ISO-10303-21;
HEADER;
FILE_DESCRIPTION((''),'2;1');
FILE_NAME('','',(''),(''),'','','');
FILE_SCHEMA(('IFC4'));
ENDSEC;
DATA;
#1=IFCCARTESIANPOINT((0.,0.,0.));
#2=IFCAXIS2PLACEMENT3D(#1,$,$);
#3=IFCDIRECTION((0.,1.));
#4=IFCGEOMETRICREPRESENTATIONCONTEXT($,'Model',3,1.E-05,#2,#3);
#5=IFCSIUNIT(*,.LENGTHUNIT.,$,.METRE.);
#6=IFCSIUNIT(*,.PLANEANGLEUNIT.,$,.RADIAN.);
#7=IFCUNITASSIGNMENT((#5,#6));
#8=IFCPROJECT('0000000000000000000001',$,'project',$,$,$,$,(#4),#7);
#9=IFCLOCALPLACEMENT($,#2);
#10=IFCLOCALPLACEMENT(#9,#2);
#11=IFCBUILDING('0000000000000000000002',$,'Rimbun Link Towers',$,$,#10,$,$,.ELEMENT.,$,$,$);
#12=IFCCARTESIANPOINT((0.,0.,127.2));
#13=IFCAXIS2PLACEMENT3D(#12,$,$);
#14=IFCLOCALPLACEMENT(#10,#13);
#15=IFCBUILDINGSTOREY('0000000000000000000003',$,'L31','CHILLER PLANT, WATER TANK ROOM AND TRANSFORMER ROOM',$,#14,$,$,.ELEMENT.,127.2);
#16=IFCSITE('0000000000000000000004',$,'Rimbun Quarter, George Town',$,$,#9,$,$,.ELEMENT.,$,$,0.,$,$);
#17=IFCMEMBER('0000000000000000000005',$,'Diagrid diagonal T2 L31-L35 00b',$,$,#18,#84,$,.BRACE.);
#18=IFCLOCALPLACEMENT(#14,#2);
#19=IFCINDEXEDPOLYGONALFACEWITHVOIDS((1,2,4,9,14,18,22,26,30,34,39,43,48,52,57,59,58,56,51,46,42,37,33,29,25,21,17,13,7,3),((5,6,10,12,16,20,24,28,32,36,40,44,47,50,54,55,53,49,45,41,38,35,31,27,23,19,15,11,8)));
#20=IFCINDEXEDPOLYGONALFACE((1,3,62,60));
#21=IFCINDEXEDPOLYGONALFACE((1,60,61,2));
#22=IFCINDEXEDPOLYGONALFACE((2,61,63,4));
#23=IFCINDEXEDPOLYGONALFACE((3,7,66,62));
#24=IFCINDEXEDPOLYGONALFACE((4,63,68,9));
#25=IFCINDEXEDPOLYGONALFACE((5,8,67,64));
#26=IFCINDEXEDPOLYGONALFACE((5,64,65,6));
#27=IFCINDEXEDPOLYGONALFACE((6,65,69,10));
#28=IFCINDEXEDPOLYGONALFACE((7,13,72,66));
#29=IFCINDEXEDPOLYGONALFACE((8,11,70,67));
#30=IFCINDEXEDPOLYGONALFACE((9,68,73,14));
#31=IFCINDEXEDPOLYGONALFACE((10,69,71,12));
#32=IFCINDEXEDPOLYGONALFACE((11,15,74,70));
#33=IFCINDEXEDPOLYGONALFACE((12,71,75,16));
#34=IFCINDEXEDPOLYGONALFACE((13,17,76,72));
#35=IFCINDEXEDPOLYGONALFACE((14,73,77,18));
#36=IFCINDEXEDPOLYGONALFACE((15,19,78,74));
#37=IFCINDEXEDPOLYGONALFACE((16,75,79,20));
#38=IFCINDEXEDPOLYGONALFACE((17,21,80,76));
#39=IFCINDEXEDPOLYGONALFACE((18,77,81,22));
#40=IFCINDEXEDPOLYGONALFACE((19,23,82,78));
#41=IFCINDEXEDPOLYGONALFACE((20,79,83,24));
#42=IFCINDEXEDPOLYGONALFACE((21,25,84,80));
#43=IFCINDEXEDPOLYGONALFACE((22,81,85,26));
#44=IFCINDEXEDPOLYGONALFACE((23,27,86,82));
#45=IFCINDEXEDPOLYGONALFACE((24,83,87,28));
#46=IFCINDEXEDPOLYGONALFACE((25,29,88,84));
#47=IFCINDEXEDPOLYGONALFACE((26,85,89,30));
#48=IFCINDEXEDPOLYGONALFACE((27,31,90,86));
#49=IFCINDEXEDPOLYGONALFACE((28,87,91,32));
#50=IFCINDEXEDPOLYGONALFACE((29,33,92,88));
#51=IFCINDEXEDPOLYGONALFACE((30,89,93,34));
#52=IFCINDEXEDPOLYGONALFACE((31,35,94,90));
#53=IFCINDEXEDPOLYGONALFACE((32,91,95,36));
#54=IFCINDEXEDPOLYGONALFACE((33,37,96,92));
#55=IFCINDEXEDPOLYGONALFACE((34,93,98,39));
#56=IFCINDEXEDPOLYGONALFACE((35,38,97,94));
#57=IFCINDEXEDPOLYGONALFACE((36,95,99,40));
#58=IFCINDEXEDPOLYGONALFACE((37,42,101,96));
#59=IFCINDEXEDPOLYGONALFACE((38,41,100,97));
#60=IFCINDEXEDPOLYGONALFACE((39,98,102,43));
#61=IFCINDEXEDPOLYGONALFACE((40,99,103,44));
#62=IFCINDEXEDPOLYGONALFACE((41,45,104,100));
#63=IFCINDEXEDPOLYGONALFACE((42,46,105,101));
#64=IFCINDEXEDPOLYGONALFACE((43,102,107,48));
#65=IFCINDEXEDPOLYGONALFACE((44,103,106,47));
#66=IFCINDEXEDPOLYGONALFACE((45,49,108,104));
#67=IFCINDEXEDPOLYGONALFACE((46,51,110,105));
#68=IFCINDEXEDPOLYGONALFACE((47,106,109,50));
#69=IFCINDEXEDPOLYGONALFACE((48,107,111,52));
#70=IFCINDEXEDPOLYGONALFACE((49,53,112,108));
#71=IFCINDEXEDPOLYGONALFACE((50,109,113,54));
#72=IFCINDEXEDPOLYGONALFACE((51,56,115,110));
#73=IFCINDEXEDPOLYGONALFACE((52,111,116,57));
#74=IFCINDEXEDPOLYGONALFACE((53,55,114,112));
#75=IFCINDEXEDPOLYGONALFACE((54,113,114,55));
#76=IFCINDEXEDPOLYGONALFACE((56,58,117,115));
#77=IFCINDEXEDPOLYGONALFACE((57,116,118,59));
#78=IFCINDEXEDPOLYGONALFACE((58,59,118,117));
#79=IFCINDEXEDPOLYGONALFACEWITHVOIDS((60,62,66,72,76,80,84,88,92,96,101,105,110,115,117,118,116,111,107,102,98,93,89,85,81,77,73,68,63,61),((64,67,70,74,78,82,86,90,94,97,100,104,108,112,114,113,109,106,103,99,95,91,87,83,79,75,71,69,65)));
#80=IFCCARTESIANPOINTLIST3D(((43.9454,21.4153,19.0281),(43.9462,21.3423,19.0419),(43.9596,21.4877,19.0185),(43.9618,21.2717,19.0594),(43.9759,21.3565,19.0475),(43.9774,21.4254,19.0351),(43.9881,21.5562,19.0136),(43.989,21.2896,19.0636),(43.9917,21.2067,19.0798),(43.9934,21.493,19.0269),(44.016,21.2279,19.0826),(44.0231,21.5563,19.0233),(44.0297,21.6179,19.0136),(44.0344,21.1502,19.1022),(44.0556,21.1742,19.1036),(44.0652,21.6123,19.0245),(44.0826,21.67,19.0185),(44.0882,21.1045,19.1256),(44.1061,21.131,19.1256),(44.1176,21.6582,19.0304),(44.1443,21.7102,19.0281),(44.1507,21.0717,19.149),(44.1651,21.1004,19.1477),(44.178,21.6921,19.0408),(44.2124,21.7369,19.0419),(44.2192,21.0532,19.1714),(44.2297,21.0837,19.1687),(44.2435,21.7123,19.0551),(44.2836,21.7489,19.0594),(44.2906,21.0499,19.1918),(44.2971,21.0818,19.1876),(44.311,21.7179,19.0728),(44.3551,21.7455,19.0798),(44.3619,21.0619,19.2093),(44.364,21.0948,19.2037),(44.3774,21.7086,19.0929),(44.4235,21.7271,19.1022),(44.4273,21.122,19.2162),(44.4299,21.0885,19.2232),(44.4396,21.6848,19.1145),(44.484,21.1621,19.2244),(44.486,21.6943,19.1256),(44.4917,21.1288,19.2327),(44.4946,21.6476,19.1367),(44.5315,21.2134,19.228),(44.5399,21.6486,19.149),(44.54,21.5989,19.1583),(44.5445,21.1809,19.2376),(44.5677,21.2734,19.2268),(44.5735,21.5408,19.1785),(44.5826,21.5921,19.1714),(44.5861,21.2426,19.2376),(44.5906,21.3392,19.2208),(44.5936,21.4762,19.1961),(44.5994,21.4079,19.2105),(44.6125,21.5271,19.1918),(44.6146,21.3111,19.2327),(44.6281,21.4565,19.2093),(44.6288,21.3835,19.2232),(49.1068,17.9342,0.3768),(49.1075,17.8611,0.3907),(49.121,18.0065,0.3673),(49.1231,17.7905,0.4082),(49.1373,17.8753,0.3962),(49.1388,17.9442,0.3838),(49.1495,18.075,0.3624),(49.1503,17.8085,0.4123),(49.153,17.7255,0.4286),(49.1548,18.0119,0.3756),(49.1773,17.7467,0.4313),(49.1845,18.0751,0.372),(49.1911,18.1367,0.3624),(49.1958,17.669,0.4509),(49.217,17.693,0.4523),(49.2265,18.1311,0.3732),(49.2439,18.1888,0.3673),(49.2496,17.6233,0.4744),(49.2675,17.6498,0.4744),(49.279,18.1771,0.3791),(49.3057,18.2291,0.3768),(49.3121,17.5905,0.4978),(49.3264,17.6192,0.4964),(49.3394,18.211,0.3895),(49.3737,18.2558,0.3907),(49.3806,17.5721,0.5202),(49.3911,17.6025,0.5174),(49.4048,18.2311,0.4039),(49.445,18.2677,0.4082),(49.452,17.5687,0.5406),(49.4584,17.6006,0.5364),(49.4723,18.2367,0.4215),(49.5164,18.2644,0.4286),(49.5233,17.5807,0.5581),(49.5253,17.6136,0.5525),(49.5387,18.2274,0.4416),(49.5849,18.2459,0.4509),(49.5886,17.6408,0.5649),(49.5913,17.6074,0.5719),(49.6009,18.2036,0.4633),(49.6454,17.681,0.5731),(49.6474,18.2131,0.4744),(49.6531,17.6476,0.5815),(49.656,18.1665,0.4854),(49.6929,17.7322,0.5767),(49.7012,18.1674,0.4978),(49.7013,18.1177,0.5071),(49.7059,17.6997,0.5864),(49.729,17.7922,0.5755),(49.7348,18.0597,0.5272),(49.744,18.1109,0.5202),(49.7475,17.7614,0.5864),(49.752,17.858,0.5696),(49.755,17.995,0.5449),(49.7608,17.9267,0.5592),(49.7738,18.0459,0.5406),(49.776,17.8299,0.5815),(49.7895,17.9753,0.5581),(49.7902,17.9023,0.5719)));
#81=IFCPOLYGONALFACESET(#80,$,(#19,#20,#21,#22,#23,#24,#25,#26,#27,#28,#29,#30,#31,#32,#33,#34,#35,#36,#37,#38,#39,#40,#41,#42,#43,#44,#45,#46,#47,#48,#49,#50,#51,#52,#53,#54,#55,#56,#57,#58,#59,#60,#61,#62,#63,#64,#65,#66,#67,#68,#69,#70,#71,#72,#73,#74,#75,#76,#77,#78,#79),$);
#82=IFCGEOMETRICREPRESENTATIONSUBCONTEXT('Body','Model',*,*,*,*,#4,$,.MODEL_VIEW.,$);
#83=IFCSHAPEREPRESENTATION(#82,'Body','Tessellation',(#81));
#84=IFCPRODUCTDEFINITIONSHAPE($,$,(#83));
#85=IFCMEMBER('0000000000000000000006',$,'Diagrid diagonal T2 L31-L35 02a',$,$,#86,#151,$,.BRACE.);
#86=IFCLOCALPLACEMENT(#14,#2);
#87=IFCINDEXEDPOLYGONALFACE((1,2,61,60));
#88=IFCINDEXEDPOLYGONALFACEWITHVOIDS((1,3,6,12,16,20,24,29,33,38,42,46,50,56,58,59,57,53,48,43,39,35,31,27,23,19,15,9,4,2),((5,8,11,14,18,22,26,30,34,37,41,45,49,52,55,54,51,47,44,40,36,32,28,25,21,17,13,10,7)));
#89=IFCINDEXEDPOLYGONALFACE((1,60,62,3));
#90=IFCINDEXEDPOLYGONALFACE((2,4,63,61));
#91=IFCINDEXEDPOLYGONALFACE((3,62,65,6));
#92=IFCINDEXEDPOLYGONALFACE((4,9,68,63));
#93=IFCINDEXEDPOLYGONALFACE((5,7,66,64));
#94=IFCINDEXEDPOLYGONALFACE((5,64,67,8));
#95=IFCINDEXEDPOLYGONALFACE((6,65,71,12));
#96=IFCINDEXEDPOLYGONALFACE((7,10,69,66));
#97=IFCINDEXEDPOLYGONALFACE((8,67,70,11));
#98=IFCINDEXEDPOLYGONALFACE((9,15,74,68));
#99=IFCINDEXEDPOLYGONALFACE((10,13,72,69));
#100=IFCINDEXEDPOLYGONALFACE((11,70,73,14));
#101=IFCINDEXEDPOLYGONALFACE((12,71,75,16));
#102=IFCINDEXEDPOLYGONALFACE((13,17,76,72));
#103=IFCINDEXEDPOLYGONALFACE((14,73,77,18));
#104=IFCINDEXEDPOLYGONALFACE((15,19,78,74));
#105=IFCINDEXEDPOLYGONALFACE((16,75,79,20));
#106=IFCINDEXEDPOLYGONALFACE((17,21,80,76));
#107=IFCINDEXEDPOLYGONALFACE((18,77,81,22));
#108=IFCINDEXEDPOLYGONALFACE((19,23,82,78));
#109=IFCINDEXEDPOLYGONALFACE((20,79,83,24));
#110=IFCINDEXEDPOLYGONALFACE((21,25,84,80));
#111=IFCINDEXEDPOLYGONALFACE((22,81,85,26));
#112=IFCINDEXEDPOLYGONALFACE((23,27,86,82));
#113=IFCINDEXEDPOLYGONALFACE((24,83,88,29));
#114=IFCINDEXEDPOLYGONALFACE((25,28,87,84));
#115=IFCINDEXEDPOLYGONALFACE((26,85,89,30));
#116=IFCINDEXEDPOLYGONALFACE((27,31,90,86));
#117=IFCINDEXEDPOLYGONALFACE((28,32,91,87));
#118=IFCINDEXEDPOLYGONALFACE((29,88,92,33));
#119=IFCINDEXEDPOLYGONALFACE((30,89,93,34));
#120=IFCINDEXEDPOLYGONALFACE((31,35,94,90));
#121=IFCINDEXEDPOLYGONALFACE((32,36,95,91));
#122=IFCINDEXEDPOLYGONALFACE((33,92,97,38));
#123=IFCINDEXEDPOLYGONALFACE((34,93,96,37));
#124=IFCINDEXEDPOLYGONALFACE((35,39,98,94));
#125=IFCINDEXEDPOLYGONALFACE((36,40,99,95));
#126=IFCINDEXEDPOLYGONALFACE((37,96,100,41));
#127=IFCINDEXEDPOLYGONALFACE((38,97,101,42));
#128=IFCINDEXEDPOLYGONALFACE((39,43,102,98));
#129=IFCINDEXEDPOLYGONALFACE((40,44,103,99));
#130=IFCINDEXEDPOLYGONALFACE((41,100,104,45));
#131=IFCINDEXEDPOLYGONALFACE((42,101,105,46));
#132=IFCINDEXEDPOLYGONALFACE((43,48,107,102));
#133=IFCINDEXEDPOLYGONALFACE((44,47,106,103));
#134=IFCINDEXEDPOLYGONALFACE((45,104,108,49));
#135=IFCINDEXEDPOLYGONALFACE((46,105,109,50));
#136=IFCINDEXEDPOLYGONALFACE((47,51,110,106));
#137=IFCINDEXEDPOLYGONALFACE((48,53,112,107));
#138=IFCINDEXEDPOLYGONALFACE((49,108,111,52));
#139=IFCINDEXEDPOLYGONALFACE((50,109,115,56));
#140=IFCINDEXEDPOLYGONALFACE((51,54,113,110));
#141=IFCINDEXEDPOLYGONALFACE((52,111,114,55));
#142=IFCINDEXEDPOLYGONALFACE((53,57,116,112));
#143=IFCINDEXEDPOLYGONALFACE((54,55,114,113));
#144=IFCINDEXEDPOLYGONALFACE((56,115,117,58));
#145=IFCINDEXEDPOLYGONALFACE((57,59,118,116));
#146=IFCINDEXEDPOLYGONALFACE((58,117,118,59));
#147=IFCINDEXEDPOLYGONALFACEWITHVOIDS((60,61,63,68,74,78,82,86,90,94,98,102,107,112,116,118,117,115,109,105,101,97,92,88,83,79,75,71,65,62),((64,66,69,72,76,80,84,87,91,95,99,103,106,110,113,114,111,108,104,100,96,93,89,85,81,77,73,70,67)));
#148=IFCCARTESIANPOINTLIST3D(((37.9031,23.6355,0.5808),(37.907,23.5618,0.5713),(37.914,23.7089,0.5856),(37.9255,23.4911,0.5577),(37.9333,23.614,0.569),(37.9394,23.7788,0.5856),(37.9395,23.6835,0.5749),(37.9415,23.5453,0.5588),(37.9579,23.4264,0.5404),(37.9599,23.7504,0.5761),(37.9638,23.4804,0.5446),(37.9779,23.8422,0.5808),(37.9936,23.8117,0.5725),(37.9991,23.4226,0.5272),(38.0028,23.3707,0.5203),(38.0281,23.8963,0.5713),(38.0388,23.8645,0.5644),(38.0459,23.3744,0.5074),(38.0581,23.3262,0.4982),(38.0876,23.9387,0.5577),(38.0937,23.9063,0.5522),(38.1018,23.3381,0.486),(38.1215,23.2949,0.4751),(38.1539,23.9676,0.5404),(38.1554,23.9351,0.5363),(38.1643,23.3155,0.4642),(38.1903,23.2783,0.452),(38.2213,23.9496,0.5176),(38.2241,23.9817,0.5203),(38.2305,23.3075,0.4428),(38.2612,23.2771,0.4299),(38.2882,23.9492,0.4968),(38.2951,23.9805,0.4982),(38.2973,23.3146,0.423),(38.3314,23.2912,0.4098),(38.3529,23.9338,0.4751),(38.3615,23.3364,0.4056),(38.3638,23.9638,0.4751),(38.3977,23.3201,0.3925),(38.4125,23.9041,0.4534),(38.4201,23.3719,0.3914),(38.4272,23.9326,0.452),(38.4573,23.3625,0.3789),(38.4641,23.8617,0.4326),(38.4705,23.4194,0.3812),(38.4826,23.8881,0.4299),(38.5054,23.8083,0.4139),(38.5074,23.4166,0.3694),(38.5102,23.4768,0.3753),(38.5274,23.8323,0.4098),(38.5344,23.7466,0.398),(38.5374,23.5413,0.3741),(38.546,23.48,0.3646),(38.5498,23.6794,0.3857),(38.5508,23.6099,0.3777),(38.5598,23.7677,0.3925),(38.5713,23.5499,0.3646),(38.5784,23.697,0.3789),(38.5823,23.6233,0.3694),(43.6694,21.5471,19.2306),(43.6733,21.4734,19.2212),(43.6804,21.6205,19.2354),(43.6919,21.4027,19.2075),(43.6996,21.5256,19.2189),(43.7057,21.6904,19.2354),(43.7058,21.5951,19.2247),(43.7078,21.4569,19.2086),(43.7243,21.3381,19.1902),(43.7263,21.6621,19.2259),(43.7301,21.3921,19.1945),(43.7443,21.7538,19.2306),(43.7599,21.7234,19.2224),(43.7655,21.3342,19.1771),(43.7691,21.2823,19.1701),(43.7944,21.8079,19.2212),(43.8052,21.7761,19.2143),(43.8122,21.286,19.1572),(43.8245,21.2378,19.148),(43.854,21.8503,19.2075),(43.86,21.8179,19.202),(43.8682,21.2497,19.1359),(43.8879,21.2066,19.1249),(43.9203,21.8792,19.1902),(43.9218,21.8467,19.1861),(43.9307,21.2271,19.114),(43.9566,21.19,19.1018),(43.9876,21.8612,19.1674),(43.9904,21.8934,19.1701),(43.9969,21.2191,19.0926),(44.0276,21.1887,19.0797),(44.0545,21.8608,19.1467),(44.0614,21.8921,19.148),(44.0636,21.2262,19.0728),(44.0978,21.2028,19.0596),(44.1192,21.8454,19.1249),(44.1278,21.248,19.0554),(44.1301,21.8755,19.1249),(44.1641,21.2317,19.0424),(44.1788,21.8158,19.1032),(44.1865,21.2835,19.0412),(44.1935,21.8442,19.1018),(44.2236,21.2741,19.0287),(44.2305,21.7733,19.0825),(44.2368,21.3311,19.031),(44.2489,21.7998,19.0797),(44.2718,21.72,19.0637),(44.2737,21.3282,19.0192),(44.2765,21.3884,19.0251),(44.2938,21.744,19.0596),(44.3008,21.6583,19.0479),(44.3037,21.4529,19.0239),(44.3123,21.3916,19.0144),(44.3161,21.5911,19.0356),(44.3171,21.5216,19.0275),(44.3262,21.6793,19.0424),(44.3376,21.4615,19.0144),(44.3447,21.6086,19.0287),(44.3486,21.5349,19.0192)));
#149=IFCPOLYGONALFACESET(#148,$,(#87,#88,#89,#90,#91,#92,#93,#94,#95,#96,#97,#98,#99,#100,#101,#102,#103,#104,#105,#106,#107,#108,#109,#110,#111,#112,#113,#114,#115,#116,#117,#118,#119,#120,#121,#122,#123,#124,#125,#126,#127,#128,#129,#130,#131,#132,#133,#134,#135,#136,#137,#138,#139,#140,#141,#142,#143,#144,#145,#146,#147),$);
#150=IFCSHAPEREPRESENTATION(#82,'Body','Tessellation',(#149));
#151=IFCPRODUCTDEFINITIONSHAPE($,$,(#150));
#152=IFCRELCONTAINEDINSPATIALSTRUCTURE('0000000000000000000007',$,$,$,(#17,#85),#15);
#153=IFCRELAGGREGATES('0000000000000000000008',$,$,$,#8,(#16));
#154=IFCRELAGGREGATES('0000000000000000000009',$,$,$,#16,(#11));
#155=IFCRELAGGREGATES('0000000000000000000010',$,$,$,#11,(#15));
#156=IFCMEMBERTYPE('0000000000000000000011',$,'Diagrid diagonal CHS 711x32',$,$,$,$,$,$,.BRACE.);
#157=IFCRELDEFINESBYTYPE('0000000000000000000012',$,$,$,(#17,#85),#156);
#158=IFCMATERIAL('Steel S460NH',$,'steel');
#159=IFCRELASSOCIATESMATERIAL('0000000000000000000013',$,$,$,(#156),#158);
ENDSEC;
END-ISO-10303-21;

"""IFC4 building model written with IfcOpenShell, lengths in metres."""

from ifc_helpers import new_model, si_unit, direction, frame, origin, origin_2d, place, context, subcontext, project, spatial, hollow_circle, extrude, material, material_profile, profile_set, type_object, element, save


model = new_model("IFC4")

# Units and contexts
model_context = context("Model", 3, precision=1e-05, world=origin(), true_north=direction((0.0, 1.0)))
body_context = subcontext(model_context, "Body", "Model", "MODEL_VIEW")
ifc_project = project(units=[si_unit("LENGTHUNIT", "METRE"), si_unit("PLANEANGLEUNIT", "RADIAN")], contexts=[model_context])

# Site, building, storey
site_placement = place(None, origin())
site = spatial("IfcSite", under=ifc_project, at=site_placement, Name="Rimbun Quarter, George Town", CompositionType="ELEMENT", RefElevation=0.0)
building_placement = place(site_placement, origin())
building = spatial("IfcBuilding", under=site, at=building_placement, Name="Rimbun Link Towers", CompositionType="ELEMENT")
storey_placement = place(building_placement, frame((0.0, 0.0, 127.2)))
storey = spatial("IfcBuildingStorey", under=building, at=storey_placement, Name="L31", Description="CHILLER PLANT, WATER TANK ROOM AND TRANSFORMER ROOM", CompositionType="ELEMENT", Elevation=127.2)

# Members
ifc_material_1 = material(Name="Steel S460NH", Category="steel")
ifc_material_profile_1 = material_profile(ifc_material_1, hollow_circle(Radius=0.3557, WallThickness=0.032, at=origin_2d()), Name="Diagrid diagonal CHS 711x32")
ifc_profile_set_1 = profile_set([ifc_material_profile_1], Name="Steel S460NH")
member_type_1 = type_object("IfcMemberType", Name="Diagrid diagonal CHS 711x32", PredefinedType="BRACE", material=ifc_profile_set_1)
for number, where, z_axis, x_axis, name in (
    (1, (49.4485, 17.9182, 0.4744), (-0.262492, 0.177044, 0.948553), (-0.559172, -0.829052, 0.0), "Diagrid diagonal T2 L31-L35 00b"),
):
    element("IfcMember", number, at=place(storey_placement, frame(where, z_axis=z_axis, x_axis=x_axis)), inside=storey, type_object=member_type_1, Name=name, PredefinedType="BRACE", context=body_context, shape_type="SweptSolid", body=[
        extrude(hollow_circle(Radius=0.3557, WallThickness=0.032, at=origin_2d()), origin(), (0.0, 0.0, 1.0), 19.6628),
    ])
member_1_placement = place(storey_placement, frame((38.2427, 23.6294, 0.4751), z_axis=(0.293716, -0.106374, 0.949955), x_axis=(0.340522, 0.940237, 0.0)))
element("IfcMember", 2, at=member_1_placement, inside=storey, type_object=member_type_1, Name="Diagrid diagonal T2 L31-L35 02a", PredefinedType="BRACE", context=body_context, shape_type="SweptSolid", body=[
    extrude(hollow_circle(Radius=0.3557, WallThickness=0.032, at=origin_2d()), origin(), (0.0, 0.0, 1.0), 19.6323),
])

save(model, "model.ifc")
